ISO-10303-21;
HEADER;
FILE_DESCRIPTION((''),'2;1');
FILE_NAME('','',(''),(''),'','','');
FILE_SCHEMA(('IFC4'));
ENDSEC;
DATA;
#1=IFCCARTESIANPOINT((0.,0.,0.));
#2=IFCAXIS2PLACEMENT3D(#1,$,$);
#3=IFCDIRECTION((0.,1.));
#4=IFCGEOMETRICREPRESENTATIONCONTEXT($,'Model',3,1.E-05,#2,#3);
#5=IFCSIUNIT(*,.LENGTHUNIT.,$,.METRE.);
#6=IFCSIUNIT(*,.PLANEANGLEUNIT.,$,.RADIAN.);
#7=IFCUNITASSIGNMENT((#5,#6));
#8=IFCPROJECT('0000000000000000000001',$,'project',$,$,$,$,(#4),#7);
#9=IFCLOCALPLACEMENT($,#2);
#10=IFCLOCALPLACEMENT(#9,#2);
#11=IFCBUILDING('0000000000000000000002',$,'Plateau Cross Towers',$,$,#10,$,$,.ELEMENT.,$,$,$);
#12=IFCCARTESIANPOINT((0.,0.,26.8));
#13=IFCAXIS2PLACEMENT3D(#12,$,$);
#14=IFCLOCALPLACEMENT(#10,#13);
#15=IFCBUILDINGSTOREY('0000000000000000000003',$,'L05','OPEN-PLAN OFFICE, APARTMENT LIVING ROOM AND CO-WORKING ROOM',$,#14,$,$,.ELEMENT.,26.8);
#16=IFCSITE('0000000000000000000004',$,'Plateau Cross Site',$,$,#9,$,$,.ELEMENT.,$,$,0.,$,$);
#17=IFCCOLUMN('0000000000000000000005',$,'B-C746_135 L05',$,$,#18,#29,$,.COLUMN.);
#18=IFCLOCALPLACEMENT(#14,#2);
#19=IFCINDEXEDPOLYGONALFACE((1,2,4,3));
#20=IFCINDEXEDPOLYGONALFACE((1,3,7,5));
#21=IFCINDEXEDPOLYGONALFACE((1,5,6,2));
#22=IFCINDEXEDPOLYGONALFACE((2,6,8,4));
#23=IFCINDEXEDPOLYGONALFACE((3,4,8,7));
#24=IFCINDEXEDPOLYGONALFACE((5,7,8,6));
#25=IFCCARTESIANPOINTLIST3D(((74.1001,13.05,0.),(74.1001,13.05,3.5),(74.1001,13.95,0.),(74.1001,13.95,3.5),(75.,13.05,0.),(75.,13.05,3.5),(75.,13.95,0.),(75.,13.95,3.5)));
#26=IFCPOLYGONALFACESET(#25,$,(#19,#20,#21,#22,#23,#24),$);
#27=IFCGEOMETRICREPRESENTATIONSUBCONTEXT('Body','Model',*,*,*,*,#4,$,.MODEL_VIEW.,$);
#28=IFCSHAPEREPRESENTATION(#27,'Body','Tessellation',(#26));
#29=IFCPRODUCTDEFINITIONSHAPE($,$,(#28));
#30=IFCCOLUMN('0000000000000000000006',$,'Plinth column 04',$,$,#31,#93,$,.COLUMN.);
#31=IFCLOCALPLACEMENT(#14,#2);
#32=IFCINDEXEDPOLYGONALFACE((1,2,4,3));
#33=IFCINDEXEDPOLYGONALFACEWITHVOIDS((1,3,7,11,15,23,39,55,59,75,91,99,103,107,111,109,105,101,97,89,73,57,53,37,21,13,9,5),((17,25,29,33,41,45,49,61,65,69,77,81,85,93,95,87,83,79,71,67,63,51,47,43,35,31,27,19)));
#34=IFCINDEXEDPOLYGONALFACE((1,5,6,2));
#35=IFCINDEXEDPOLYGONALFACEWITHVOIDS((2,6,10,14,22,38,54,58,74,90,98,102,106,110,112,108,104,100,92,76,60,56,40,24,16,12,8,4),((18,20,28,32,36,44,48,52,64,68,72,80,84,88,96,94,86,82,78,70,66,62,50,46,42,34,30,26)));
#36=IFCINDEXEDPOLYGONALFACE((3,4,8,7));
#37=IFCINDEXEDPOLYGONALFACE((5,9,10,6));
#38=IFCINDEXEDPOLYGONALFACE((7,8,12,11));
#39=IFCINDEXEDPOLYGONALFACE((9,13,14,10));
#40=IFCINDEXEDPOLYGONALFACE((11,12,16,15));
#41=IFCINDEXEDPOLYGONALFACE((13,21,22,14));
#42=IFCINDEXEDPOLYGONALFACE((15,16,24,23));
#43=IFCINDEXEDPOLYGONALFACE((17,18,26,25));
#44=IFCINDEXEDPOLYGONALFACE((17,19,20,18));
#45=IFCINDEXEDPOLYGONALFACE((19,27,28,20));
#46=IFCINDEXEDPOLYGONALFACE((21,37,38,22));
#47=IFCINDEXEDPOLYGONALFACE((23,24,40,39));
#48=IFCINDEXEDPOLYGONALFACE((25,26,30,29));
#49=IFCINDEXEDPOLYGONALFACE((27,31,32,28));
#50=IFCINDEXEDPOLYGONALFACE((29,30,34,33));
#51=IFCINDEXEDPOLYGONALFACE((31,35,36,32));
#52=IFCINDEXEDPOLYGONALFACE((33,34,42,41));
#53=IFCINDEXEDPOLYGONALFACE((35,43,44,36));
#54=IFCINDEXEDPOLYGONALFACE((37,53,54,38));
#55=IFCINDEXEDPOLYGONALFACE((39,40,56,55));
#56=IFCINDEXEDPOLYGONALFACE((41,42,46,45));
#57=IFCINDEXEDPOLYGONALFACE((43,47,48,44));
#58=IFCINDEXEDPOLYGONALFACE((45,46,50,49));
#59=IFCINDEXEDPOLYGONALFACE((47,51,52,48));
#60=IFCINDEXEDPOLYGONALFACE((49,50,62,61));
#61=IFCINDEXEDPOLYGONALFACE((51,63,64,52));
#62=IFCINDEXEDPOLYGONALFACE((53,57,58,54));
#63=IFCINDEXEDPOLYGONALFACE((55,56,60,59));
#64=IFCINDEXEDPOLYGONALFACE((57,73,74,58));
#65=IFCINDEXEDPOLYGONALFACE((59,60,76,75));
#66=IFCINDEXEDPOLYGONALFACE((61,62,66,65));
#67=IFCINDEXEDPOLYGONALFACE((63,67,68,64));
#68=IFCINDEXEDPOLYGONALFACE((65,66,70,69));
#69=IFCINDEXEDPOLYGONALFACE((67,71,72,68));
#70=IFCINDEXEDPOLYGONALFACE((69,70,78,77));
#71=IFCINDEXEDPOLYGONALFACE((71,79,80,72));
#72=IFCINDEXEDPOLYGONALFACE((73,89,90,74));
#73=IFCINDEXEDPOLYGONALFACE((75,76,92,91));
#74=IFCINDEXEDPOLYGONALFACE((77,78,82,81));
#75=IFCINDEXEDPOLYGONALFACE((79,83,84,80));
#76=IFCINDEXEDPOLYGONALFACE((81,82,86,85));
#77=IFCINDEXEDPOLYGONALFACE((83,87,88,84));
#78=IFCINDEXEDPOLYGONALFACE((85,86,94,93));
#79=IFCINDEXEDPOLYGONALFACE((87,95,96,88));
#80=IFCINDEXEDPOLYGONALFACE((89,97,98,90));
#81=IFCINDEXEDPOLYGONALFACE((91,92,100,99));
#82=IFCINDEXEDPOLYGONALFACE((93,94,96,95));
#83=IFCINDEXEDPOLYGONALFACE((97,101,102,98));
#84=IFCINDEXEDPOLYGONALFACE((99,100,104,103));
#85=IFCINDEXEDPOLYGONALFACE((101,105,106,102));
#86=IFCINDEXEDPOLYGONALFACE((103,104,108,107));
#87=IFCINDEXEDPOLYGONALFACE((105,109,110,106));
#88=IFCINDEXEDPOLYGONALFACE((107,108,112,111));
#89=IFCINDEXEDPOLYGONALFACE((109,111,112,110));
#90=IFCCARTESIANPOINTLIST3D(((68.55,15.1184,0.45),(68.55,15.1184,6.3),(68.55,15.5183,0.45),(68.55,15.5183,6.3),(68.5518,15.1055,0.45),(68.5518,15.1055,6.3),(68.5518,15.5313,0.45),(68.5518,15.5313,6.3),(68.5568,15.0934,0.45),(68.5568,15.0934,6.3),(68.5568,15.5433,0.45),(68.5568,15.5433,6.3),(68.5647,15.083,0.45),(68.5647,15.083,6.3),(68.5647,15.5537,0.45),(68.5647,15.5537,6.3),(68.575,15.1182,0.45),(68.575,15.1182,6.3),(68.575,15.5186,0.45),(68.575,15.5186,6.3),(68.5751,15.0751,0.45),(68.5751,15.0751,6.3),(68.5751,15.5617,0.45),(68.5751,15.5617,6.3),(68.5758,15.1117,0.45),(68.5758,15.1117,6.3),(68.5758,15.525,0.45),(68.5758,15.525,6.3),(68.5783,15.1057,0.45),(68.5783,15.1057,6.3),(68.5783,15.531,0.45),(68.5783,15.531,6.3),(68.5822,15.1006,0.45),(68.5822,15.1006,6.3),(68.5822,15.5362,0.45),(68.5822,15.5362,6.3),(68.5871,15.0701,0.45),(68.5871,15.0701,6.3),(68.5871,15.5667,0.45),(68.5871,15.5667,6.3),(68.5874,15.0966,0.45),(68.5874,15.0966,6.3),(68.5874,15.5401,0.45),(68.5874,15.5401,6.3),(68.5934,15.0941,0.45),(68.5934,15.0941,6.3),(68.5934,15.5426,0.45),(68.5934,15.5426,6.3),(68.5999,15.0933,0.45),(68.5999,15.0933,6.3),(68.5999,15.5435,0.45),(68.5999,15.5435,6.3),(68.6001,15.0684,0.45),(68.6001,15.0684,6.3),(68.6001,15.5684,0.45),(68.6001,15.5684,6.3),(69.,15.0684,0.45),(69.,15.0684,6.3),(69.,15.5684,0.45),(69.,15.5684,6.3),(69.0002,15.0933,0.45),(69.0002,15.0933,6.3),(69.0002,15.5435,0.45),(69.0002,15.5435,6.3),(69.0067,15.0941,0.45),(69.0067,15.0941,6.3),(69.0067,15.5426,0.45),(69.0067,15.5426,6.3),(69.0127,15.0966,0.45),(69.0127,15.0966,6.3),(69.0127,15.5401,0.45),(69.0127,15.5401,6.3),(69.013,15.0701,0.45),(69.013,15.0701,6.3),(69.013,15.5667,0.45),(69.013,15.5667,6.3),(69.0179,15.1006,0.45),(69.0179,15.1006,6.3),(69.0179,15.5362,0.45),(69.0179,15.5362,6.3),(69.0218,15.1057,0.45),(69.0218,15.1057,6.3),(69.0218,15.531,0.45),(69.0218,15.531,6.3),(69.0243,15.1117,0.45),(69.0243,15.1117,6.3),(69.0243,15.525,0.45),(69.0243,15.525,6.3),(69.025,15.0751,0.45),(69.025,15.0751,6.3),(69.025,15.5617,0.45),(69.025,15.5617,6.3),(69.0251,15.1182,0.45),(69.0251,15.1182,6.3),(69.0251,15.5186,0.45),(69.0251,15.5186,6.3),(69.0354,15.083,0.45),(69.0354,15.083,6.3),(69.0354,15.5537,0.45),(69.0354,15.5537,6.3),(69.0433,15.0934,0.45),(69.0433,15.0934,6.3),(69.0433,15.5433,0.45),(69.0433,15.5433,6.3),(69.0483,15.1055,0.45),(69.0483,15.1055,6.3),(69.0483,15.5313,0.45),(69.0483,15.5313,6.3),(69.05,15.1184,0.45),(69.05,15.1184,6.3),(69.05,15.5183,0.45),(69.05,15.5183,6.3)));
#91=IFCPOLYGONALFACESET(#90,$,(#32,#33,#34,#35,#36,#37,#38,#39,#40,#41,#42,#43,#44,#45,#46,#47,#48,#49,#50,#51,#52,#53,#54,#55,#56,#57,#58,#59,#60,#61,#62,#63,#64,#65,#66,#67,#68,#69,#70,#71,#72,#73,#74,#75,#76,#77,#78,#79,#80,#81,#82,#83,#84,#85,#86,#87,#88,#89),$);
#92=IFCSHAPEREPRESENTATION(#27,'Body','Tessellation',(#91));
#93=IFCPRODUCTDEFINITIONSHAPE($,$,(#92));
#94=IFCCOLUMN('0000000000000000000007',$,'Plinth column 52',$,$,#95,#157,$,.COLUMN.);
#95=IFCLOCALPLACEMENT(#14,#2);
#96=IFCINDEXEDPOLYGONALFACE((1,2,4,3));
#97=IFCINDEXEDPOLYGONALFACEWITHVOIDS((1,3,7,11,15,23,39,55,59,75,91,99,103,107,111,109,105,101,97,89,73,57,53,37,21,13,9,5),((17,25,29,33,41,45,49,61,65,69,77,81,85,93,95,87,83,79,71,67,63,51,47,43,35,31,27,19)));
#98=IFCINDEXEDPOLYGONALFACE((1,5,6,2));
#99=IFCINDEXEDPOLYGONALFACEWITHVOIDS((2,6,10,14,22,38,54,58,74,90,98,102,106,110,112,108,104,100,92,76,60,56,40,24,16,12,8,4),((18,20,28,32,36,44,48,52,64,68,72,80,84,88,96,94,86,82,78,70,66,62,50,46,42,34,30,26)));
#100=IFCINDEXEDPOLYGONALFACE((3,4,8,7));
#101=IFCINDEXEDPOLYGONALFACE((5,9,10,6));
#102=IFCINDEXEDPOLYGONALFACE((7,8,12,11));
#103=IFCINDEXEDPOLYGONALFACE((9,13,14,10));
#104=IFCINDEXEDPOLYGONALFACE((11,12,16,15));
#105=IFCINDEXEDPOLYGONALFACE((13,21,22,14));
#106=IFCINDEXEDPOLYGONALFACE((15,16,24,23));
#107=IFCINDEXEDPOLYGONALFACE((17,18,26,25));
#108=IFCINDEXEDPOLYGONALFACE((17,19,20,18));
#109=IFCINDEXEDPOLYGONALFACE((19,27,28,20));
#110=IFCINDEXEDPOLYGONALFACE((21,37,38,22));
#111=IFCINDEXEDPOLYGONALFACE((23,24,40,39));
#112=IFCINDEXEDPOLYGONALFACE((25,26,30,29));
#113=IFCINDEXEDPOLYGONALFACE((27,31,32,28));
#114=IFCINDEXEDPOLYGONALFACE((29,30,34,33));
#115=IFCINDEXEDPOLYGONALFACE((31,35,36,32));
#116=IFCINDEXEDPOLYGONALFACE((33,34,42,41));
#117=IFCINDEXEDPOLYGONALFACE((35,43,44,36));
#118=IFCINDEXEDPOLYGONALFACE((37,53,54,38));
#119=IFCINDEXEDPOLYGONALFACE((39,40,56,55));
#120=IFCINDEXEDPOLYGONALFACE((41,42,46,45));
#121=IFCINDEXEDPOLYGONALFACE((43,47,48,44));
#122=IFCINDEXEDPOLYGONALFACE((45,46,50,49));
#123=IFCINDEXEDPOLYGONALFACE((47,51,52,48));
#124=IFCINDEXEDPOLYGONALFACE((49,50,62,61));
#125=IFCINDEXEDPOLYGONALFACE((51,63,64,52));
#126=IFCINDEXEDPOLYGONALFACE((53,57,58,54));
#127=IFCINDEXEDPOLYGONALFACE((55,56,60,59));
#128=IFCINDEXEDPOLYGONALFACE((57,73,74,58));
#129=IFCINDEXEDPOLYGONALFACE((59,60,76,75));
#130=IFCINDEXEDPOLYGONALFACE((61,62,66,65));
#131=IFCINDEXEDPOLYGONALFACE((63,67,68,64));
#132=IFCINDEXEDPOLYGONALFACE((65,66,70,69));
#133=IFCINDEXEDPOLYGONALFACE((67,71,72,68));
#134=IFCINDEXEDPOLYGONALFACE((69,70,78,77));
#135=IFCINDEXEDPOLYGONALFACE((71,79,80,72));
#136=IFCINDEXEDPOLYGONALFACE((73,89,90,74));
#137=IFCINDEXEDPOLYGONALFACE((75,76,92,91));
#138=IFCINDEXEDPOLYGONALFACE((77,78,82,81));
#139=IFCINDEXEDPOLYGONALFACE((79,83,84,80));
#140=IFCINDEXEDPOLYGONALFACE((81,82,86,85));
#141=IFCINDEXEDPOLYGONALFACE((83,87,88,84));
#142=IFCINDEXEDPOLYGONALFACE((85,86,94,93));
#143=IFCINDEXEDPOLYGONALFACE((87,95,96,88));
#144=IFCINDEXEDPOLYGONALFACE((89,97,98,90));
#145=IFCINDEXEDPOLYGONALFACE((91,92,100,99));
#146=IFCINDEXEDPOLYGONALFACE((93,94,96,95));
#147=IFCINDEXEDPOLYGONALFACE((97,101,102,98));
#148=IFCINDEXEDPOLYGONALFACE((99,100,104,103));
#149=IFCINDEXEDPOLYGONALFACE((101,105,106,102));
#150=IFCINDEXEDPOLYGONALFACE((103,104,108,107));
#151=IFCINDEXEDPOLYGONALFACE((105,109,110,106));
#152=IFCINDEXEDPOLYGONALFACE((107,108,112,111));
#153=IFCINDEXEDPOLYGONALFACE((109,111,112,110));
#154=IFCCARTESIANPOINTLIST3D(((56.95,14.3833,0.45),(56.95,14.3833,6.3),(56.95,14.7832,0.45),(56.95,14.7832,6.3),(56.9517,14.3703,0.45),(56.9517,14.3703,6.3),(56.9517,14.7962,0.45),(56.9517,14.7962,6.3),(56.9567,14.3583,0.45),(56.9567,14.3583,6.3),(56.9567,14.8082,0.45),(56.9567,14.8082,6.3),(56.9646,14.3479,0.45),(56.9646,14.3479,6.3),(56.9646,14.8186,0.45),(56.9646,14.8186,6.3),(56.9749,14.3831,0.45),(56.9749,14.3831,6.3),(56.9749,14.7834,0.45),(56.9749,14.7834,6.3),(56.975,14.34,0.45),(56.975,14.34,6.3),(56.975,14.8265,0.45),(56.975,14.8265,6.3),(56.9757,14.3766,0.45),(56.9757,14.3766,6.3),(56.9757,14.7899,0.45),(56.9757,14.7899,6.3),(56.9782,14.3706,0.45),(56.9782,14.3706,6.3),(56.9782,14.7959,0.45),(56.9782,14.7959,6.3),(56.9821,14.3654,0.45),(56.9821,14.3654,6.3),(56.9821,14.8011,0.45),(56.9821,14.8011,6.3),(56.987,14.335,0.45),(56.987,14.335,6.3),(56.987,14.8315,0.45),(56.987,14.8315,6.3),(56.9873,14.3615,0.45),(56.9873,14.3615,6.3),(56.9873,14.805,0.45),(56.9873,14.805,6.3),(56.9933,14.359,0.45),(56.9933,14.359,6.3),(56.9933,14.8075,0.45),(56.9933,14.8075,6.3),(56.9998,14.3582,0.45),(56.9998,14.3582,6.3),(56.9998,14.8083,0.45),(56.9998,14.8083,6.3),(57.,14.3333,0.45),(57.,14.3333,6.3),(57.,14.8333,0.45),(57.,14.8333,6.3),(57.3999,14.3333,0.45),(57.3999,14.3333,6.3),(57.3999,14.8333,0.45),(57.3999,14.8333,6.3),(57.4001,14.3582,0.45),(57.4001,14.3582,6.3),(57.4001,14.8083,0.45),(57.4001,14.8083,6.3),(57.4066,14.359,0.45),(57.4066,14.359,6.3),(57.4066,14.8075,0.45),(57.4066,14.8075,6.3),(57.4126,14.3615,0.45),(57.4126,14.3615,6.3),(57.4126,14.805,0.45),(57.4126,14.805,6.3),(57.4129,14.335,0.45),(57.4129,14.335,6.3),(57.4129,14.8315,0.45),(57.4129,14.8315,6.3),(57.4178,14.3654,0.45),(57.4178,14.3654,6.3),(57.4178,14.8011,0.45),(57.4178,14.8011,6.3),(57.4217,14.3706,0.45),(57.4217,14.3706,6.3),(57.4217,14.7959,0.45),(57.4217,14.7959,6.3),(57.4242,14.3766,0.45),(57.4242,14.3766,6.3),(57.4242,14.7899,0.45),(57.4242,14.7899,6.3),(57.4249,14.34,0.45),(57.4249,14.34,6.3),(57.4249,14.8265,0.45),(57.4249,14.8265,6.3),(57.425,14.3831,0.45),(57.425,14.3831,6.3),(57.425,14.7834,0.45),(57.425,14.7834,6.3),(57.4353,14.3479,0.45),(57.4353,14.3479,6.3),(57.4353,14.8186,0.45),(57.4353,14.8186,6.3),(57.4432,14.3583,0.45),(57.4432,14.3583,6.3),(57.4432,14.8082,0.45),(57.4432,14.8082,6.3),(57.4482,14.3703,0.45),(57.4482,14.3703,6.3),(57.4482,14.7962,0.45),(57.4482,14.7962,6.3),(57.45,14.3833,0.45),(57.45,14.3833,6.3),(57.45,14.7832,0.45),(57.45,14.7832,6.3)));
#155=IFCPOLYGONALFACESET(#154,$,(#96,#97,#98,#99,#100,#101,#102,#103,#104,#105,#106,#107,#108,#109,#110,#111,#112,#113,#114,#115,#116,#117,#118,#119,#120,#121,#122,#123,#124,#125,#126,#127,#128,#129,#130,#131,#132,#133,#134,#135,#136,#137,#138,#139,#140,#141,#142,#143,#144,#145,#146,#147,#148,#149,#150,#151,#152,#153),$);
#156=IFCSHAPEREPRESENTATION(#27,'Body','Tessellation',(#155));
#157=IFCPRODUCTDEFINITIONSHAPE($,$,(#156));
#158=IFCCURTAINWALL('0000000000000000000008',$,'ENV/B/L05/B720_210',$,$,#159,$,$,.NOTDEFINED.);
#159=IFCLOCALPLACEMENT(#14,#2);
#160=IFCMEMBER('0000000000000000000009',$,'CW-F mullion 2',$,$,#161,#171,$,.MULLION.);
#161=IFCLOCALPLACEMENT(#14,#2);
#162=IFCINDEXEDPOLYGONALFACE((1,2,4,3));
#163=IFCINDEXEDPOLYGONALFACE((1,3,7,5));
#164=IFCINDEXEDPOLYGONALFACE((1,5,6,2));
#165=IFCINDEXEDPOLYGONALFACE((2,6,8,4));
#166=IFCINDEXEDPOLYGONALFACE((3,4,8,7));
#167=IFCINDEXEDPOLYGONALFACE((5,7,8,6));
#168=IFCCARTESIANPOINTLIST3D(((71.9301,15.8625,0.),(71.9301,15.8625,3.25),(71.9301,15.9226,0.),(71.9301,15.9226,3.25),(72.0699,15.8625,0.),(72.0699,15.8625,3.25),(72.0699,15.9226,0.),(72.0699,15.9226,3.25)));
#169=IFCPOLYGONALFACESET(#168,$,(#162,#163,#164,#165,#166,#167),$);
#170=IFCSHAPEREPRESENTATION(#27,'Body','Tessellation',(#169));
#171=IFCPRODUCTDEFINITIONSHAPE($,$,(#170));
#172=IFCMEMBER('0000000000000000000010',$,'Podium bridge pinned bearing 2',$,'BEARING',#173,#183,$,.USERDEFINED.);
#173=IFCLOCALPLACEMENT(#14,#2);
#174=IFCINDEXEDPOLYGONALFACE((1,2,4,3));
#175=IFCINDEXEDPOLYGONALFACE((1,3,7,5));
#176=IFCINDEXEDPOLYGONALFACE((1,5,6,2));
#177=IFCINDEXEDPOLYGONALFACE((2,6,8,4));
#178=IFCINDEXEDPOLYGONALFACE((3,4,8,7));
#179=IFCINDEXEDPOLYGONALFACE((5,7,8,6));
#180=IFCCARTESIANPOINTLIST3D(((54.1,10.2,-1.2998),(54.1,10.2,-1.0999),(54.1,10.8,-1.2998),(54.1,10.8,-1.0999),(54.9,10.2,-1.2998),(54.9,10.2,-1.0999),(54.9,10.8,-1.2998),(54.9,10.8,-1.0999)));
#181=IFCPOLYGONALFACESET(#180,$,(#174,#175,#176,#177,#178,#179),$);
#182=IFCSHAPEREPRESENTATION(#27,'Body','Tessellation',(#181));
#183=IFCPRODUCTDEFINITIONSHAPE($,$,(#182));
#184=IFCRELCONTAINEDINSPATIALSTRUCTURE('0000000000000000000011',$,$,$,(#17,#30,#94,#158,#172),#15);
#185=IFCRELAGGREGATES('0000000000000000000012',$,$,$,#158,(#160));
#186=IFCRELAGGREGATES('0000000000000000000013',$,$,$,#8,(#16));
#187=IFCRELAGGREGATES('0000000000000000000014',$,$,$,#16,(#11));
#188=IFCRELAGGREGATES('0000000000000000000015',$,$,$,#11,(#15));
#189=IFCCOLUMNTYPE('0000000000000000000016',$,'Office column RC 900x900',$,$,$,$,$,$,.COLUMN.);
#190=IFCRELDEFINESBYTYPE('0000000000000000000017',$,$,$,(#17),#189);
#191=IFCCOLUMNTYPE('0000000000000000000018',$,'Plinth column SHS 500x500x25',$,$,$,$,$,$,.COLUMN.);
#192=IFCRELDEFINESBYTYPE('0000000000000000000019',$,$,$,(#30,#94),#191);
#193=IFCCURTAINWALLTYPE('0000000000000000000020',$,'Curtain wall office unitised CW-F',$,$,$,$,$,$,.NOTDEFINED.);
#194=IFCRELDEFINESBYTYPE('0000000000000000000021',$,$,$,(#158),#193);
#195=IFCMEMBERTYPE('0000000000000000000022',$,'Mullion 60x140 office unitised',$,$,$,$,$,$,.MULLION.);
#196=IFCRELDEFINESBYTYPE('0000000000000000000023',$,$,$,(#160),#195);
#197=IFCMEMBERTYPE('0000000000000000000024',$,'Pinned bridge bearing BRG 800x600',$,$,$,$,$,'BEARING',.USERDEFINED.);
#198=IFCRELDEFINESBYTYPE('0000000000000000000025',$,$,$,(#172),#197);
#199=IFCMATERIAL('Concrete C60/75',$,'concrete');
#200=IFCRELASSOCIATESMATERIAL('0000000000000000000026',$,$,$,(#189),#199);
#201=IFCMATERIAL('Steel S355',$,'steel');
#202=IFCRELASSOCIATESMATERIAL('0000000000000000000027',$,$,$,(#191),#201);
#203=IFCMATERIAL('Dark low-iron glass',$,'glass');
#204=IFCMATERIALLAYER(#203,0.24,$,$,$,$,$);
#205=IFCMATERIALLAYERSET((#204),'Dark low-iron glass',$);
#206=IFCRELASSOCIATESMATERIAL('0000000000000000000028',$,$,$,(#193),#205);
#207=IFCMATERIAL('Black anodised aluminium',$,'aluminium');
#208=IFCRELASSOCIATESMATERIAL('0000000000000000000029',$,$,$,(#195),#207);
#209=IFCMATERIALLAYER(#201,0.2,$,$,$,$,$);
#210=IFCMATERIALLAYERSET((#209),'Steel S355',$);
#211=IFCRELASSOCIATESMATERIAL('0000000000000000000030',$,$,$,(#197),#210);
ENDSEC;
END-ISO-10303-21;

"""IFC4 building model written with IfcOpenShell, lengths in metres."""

from ifc_helpers import new_model, si_unit, direction, frame, origin, origin_2d, place, context, subcontext, project, spatial, rectangle, hollow_rectangle, extrude, material, layer, layer_set, material_profile, profile_set, type_object, element, aggregate, save


model = new_model("IFC4")

# Units and contexts
model_context = context("Model", 3, precision=1e-05, world=origin(), true_north=direction((0.0, 1.0)))
body_context = subcontext(model_context, "Body", "Model", "MODEL_VIEW")
ifc_project = project(units=[si_unit("LENGTHUNIT", "METRE"), si_unit("PLANEANGLEUNIT", "RADIAN")], contexts=[model_context])

# Site, building, storey
site_placement = place(None, origin())
site = spatial("IfcSite", under=ifc_project, at=site_placement, Name="Plateau Cross Site", CompositionType="ELEMENT", RefElevation=0.0)
building_placement = place(site_placement, origin())
building = spatial("IfcBuilding", under=site, at=building_placement, Name="Plateau Cross Towers", CompositionType="ELEMENT")
storey_placement = place(building_placement, frame((0.0, 0.0, 26.8)))
storey = spatial("IfcBuildingStorey", under=building, at=storey_placement, Name="L05", Description="OPEN-PLAN OFFICE, APARTMENT LIVING ROOM AND CO-WORKING ROOM", CompositionType="ELEMENT", Elevation=26.8)

# Columns
ifc_material_1 = material(Name="Concrete C60/75", Category="concrete")
ifc_material_profile_1 = material_profile(ifc_material_1, rectangle(XDim=0.8999, YDim=0.8999, at=origin_2d()), Name="RC 900x900")
ifc_profile_set_1 = profile_set([ifc_material_profile_1], Name="Concrete C60/75")
column_type_1 = type_object("IfcColumnType", Name="Office column RC 900x900", PredefinedType="COLUMN", material=ifc_profile_set_1)
column_placement = place(storey_placement, frame((74.55, 13.5, 0.0), z_axis=(0.0, 0.0, 1.0), x_axis=(1.0, 0.0, 0.0)))
element("IfcColumn", 1, at=column_placement, inside=storey, type_object=column_type_1, Name="B-C746_135 L05", PredefinedType="COLUMN", context=body_context, shape_type="SweptSolid", body=[
    extrude(rectangle(XDim=0.8999, YDim=0.8999, at=origin_2d()), origin(), (0.0, 0.0, 1.0), 3.5),
])
ifc_material_2 = material(Name="Steel S355", Category="steel")
ifc_material_profile_2 = material_profile(ifc_material_2, hollow_rectangle(XDim=0.5, YDim=0.5, WallThickness=0.0249, InnerFilletRadius=0.0249, OuterFilletRadius=0.05, at=origin_2d()), Name="SHS 500x500x25")
ifc_profile_set_2 = profile_set([ifc_material_profile_2], Name="Steel S355")
column_type_2 = type_object("IfcColumnType", Name="Plinth column SHS 500x500x25", PredefinedType="COLUMN", material=ifc_profile_set_2)
for number, where, z_axis, x_axis, name in (
    (2, (68.8, 15.3184, 0.45), (0.0, 0.0, 1.0), (1.0, 0.0, 0.0), "Plinth column 04"),
    (3, (57.2, 14.5833, 0.45), (0.0, 0.0, 1.0), (1.0, 0.0, 0.0), "Plinth column 52"),
):
    element("IfcColumn", number, at=place(storey_placement, frame(where, z_axis=z_axis, x_axis=x_axis)), inside=storey, type_object=column_type_2, Name=name, PredefinedType="COLUMN", context=body_context, shape_type="SweptSolid", body=[
        extrude(hollow_rectangle(XDim=0.5, YDim=0.5, WallThickness=0.0249, InnerFilletRadius=0.0249, OuterFilletRadius=0.05, at=origin_2d()), origin(), (0.0, 0.0, 1.0), 5.8501),
    ])

# Curtain wall, member
ifc_material_3 = material(Name="Dark low-iron glass", Category="glass")
ifc_layer_1 = layer(ifc_material_3, 0.24)
ifc_layer_set_1 = layer_set([ifc_layer_1], Name="Dark low-iron glass")
curtain_wall_type = type_object("IfcCurtainWallType", Name="Curtain wall office unitised CW-F", PredefinedType="NOTDEFINED", material=ifc_layer_set_1)
curtain_wall_placement = place(storey_placement, origin())
curtain_wall = element("IfcCurtainWall", 4, at=curtain_wall_placement, inside=storey, type_object=curtain_wall_type, Name="ENV/B/L05/B720_210", PredefinedType="NOTDEFINED")
ifc_material_4 = material(Name="Black anodised aluminium", Category="aluminium")
ifc_material_profile_3 = material_profile(ifc_material_4, rectangle(XDim=0.0601, YDim=0.1399, at=origin_2d()), Name="MULLION 60x140")
ifc_profile_set_3 = profile_set([ifc_material_profile_3], Name="Black anodised aluminium")
member_type_1 = type_object("IfcMemberType", Name="Mullion 60x140 office unitised", PredefinedType="MULLION", material=ifc_profile_set_3)
member_1_placement = place(storey_placement, frame((72.0, 15.8926, 0.0), z_axis=(0.0, 0.0, 1.0), x_axis=(0.0, -1.0, 0.0)))
member_1 = element("IfcMember", 5, at=member_1_placement, type_object=member_type_1, Name="CW-F mullion 2", PredefinedType="MULLION", context=body_context, shape_type="SweptSolid", body=[
    extrude(rectangle(XDim=0.0601, YDim=0.1399, at=origin_2d()), origin(), (0.0, 0.0, 1.0), 3.25),
])
aggregate(curtain_wall, [member_1])

# Member
ifc_layer_2 = layer(ifc_material_2, 0.2)
ifc_layer_set_2 = layer_set([ifc_layer_2], Name="Steel S355")
member_type_2 = type_object("IfcMemberType", Name="Pinned bridge bearing BRG 800x600", ElementType="BEARING", PredefinedType="USERDEFINED", material=ifc_layer_set_2)
member_2_placement = place(storey_placement, frame((54.5, 10.5, -1.2998), z_axis=(0.0, 0.0, 1.0), x_axis=(1.0, 0.0, 0.0)))
element("IfcMember", 6, at=member_2_placement, inside=storey, type_object=member_type_2, Name="Podium bridge pinned bearing 2", ObjectType="BEARING", PredefinedType="USERDEFINED", context=body_context, shape_type="SweptSolid", body=[
    extrude(rectangle(XDim=0.8, YDim=0.6001, at=origin_2d()), origin(), (0.0, 0.0, 1.0), 0.2),
])

save(model, "model.ifc")
